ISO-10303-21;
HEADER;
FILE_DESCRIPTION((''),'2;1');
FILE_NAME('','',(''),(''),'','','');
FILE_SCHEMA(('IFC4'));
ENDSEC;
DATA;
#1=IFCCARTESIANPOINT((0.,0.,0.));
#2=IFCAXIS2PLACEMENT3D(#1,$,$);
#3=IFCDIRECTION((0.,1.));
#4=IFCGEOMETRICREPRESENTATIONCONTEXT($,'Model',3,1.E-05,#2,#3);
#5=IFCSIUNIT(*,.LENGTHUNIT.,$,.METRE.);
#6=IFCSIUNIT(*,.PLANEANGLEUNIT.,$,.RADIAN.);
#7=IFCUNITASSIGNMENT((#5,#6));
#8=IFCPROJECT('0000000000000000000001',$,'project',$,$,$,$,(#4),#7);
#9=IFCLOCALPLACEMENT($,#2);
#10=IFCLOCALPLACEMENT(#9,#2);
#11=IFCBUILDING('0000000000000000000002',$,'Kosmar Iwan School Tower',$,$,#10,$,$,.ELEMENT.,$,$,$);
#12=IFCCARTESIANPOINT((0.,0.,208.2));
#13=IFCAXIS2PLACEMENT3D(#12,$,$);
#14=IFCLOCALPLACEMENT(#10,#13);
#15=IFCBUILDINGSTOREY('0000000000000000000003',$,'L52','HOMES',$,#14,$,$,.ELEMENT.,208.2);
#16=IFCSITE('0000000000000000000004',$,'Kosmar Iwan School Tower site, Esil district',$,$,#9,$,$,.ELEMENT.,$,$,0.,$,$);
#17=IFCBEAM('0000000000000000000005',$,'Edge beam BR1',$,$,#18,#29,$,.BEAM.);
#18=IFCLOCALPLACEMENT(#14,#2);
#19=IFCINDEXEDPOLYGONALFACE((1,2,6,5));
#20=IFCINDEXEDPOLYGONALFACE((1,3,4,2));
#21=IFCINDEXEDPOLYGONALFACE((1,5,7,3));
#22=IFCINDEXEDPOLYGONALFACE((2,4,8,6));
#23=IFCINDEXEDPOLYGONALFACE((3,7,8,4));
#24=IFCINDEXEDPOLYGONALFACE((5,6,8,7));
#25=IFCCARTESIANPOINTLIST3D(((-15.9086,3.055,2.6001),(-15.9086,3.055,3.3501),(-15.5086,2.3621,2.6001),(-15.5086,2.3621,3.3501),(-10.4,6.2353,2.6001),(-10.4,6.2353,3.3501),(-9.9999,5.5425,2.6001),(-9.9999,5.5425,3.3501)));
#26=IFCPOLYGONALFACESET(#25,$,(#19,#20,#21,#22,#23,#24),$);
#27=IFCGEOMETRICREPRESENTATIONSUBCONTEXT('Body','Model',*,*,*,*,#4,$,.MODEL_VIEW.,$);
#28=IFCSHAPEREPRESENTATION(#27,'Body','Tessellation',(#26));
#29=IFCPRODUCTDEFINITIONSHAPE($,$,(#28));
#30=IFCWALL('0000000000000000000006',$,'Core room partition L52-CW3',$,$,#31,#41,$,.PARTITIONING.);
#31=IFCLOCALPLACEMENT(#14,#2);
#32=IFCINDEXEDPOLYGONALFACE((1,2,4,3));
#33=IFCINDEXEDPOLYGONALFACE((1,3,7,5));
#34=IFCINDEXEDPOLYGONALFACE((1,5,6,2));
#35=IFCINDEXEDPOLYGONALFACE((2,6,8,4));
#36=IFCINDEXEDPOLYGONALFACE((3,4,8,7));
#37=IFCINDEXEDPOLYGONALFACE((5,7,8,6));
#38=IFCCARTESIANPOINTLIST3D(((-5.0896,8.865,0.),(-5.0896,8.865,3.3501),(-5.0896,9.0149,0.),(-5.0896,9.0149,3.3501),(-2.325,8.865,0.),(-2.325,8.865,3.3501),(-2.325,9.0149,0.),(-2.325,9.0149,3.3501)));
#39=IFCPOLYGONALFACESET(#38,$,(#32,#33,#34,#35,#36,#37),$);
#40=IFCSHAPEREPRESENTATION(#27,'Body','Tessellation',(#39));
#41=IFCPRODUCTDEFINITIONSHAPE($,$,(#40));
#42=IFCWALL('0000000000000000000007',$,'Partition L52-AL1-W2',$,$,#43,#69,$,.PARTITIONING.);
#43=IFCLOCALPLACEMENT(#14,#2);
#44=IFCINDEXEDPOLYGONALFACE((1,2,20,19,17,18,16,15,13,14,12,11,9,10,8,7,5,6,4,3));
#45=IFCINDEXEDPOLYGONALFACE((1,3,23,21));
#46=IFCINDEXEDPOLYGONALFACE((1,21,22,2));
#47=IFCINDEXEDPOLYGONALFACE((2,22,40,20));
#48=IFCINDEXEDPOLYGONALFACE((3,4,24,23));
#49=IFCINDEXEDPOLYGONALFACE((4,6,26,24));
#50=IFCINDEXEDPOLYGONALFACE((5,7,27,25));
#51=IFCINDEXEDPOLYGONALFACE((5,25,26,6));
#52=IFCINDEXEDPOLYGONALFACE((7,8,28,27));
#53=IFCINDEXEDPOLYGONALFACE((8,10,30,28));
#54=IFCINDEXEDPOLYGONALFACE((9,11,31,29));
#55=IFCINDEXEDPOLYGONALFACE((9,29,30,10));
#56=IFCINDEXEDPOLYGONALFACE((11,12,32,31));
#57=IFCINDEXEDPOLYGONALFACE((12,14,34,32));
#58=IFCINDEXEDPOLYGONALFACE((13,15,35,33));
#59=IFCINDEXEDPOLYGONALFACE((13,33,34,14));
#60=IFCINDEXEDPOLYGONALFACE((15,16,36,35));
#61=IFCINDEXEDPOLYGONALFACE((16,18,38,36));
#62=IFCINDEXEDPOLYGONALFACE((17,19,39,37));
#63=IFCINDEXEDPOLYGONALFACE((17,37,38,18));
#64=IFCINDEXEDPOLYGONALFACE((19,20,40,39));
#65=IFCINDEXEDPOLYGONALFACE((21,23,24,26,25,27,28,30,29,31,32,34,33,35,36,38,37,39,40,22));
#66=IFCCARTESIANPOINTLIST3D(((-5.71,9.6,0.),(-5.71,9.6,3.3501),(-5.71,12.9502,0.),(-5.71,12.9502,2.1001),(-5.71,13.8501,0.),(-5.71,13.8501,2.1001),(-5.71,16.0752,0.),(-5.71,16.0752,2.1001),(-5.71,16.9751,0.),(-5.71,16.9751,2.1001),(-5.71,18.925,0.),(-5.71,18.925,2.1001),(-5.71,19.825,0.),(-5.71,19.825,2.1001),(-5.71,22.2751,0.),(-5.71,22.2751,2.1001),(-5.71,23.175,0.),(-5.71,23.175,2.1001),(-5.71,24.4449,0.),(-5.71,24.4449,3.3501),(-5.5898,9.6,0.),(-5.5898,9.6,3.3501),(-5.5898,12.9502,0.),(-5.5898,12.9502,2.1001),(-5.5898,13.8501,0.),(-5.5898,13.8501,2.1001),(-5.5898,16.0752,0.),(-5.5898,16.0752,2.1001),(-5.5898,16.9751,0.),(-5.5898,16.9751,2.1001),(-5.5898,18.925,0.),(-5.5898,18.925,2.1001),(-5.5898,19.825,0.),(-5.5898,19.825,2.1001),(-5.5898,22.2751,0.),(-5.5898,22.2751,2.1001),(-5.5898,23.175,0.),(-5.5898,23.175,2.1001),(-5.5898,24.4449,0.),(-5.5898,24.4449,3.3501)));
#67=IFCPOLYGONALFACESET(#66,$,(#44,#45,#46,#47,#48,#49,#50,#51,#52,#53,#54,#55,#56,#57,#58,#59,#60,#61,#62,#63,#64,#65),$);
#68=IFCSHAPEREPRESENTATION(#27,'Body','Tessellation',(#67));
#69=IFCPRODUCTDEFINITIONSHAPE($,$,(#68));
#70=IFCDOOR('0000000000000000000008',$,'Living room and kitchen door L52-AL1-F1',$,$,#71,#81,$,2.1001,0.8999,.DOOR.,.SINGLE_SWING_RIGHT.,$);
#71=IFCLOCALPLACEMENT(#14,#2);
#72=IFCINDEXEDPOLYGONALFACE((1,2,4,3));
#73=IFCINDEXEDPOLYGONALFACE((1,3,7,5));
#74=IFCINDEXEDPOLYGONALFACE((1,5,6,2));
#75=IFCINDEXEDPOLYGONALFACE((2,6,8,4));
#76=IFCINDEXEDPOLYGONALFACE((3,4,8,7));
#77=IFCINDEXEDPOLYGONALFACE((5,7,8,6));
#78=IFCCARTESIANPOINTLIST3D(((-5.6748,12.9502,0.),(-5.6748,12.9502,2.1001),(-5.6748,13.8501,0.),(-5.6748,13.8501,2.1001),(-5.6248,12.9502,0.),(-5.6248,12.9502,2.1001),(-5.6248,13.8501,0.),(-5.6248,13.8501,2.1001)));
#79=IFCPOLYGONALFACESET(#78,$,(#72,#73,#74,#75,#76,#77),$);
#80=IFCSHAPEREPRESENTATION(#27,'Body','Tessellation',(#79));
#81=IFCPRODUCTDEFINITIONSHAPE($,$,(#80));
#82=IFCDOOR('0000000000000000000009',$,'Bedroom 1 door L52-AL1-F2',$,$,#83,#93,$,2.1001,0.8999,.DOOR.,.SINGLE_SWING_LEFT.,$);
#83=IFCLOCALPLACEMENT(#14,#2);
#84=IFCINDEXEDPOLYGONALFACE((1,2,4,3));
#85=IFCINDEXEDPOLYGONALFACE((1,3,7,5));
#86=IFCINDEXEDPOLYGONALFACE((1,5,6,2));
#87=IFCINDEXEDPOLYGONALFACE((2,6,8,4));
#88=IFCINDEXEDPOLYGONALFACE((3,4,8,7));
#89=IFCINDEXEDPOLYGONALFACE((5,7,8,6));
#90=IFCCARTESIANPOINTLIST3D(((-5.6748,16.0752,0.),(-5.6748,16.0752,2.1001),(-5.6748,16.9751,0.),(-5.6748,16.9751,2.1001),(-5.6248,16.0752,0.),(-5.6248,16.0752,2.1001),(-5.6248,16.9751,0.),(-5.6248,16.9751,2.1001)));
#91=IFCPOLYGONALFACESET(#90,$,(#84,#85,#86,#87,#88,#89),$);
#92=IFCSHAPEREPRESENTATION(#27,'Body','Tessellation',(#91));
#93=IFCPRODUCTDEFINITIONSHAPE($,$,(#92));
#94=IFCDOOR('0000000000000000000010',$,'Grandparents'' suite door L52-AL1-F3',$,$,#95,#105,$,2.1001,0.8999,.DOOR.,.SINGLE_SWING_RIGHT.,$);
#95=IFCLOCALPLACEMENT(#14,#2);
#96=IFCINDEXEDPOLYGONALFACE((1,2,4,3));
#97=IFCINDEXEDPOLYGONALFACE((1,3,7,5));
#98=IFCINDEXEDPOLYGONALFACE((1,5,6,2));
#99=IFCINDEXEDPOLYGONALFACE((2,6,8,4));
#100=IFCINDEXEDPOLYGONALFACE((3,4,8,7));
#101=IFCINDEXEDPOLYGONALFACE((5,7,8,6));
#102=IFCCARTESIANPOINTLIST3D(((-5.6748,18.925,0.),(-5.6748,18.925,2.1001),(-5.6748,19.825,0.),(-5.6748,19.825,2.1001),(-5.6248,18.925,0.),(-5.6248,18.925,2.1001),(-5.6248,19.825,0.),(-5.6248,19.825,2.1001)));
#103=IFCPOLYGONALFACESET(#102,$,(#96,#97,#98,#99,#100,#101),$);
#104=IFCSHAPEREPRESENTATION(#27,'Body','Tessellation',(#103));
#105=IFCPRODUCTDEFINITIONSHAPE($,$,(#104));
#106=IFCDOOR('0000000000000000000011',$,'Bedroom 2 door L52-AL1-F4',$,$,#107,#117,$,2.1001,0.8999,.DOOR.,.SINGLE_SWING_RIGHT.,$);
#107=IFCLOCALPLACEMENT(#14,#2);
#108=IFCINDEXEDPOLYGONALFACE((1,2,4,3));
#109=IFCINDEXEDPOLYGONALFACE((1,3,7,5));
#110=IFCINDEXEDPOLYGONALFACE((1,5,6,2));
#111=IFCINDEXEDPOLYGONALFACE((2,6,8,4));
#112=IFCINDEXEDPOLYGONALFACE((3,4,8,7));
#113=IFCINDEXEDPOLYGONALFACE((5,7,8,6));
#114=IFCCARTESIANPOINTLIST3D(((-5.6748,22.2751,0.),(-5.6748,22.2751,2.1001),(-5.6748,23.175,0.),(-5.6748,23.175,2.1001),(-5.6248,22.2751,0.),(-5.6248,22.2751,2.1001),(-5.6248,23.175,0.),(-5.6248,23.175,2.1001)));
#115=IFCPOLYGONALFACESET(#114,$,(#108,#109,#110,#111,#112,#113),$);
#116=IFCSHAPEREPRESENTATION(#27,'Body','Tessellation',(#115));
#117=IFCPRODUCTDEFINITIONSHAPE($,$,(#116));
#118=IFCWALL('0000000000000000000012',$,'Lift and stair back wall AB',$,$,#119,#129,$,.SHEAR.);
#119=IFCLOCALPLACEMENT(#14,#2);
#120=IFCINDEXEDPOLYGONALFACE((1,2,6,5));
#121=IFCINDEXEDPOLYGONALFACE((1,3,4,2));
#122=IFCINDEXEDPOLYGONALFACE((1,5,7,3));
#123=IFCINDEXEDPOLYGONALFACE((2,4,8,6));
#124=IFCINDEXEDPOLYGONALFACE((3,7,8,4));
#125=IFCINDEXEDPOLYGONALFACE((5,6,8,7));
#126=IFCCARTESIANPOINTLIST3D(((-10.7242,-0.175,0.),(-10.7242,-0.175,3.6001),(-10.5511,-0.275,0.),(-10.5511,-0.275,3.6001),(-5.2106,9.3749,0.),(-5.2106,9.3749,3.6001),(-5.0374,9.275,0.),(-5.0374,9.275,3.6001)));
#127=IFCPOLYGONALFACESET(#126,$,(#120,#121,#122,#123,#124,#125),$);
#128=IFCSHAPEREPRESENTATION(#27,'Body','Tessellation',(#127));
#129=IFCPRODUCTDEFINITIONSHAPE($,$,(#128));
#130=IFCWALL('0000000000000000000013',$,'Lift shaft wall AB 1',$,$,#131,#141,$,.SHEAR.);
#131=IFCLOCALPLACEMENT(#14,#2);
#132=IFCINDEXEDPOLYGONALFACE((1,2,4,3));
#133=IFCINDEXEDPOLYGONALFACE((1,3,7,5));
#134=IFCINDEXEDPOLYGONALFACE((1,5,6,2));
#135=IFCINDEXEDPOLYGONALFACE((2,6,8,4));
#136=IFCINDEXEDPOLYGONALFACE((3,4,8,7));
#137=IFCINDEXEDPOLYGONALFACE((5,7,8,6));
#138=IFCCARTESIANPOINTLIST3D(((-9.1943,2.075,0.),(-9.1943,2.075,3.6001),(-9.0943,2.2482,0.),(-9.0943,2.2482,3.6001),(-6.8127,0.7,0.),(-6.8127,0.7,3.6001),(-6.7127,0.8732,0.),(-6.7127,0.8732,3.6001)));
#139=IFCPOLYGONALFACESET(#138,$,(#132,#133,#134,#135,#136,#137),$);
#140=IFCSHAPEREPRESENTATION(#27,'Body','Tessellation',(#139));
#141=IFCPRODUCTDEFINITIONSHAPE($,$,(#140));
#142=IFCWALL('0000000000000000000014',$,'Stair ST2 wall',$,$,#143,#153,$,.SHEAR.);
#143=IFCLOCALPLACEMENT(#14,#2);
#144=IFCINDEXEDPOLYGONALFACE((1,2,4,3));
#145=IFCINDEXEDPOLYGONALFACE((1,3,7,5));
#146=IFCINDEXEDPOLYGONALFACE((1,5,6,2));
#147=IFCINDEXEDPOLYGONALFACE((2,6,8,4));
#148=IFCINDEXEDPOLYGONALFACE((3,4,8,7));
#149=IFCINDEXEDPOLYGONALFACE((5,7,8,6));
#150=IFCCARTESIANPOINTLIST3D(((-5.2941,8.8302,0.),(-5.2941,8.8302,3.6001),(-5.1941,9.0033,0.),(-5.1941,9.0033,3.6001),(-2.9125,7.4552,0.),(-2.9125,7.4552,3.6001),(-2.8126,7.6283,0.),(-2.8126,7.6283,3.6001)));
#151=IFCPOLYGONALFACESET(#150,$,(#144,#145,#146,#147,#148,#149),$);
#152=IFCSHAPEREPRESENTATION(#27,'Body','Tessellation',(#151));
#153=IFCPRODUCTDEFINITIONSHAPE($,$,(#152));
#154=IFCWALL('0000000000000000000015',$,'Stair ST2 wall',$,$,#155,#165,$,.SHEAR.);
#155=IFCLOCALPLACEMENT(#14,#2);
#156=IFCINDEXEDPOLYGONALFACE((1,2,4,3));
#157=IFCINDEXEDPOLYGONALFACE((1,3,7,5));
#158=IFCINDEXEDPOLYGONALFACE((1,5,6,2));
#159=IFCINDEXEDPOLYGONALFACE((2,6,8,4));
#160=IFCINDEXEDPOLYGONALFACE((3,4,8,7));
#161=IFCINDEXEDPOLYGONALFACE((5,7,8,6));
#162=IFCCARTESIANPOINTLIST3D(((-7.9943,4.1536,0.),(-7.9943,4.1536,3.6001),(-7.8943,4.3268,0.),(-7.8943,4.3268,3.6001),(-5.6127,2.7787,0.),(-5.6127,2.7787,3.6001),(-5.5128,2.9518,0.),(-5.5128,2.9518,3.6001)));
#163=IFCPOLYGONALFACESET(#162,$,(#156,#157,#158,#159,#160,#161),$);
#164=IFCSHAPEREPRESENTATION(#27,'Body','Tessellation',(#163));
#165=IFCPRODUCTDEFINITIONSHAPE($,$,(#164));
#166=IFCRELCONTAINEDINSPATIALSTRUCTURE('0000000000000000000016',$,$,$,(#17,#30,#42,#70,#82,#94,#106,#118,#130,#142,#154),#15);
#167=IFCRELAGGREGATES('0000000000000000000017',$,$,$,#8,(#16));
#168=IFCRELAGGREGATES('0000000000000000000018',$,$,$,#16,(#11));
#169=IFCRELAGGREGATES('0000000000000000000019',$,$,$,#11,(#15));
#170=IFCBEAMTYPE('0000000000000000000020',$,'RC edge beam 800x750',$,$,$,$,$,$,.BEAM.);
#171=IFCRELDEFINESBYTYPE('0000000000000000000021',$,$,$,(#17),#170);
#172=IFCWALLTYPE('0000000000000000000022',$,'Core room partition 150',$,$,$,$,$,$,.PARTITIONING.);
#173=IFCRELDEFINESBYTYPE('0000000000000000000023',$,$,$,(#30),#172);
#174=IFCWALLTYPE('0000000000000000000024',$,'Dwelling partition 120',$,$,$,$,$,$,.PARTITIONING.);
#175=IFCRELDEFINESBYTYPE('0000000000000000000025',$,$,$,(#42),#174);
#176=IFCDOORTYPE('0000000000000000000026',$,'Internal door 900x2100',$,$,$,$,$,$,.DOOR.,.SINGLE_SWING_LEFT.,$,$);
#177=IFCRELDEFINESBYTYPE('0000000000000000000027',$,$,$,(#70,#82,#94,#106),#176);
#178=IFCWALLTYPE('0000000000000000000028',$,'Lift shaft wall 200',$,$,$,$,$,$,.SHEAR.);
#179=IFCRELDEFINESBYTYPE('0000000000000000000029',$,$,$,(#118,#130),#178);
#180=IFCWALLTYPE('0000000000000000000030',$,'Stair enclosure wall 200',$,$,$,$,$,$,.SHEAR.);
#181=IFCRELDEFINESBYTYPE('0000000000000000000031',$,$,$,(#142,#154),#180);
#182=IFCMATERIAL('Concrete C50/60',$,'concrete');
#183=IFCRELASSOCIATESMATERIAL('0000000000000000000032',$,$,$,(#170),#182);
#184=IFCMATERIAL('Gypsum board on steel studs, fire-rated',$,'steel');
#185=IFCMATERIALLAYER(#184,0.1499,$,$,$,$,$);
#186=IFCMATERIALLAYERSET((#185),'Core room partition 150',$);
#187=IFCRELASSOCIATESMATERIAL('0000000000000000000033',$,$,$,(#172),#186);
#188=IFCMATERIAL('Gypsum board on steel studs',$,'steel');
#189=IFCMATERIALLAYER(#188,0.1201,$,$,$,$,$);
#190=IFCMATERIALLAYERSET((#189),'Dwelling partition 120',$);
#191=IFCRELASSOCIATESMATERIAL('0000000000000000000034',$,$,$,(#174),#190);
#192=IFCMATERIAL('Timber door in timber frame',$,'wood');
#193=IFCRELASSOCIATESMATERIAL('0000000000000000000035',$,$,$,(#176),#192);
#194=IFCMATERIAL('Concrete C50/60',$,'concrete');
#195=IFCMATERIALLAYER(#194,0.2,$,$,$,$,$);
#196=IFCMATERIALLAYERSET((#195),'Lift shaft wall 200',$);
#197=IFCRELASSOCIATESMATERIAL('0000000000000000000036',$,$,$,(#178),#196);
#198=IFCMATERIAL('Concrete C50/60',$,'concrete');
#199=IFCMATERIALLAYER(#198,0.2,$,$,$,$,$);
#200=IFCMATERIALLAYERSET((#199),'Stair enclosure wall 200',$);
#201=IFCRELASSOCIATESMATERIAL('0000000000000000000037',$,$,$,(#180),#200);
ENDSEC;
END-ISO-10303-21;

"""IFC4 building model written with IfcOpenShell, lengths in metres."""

from ifc_helpers import new_model, si_unit, direction, frame, frame_2d, origin, origin_2d, place, context, subcontext, project, spatial, rectangle, extrude, material, layer, layer_set, material_profile, profile_set, type_object, element, fill, save


model = new_model("IFC4")

# Units and contexts
model_context = context("Model", 3, precision=1e-05, world=origin(), true_north=direction((0.0, 1.0)))
body_context = subcontext(model_context, "Body", "Model", "MODEL_VIEW")
ifc_project = project(units=[si_unit("LENGTHUNIT", "METRE"), si_unit("PLANEANGLEUNIT", "RADIAN")], contexts=[model_context])

# Site, building, storey
site_placement = place(None, origin())
site = spatial("IfcSite", under=ifc_project, at=site_placement, Name="Kosmar Iwan School Tower site, Esil district", CompositionType="ELEMENT", RefElevation=0.0)
building_placement = place(site_placement, origin())
building = spatial("IfcBuilding", under=site, at=building_placement, Name="Kosmar Iwan School Tower", CompositionType="ELEMENT")
storey_placement = place(building_placement, frame((0.0, 0.0, 208.2)))
storey = spatial("IfcBuildingStorey", under=building, at=storey_placement, Name="L52", Description="HOMES", CompositionType="ELEMENT", Elevation=208.2)

# Beam
ifc_material_1 = material(Name="Concrete C50/60", Category="concrete")
ifc_material_profile = material_profile(ifc_material_1, rectangle(XDim=0.8, YDim=0.75, at=origin_2d()), Name="RC 800x750")
ifc_profile_set = profile_set([ifc_material_profile], Name="Concrete C50/60")
beam_type = type_object("IfcBeamType", Name="RC edge beam 800x750", PredefinedType="BEAM", material=ifc_profile_set)
beam_placement = place(storey_placement, frame((-10.2, 5.8889, 2.9751), z_axis=(-0.866031, -0.49999, 0.0), x_axis=(0.49999, -0.866031, 0.0)))
element("IfcBeam", 1, at=beam_placement, inside=storey, type_object=beam_type, Name="Edge beam BR1", PredefinedType="BEAM", context=body_context, shape_type="SweptSolid", body=[
    extrude(rectangle(XDim=0.8, YDim=0.75, at=origin_2d()), origin(), (0.0, 0.0, 1.0), 6.3608),
])

# Wall
ifc_material_2 = material(Name="Gypsum board on steel studs, fire-rated", Category="steel")
ifc_layer_1 = layer(ifc_material_2, 0.1499)
ifc_layer_set_1 = layer_set([ifc_layer_1], Name="Core room partition 150")
wall_type_1 = type_object("IfcWallType", Name="Core room partition 150", PredefinedType="PARTITIONING", material=ifc_layer_set_1)
wall_1_placement = place(storey_placement, frame((-5.0896, 8.9399, 0.0), z_axis=(0.0, 0.0, 1.0), x_axis=(1.0, 0.0, 0.0)))
element("IfcWall", 2, at=wall_1_placement, inside=storey, type_object=wall_type_1, Name="Core room partition L52-CW3", PredefinedType="PARTITIONING", context=body_context, shape_type="SweptSolid", body=[
    extrude(rectangle(XDim=2.7646, YDim=0.1499, at=frame_2d((1.3823, 0.0))), origin(), (0.0, 0.0, 1.0), 3.3501),
])

# Wall, openings, doors
ifc_material_3 = material(Name="Gypsum board on steel studs", Category="steel")
ifc_layer_2 = layer(ifc_material_3, 0.1201)
ifc_layer_set_2 = layer_set([ifc_layer_2], Name="Dwelling partition 120")
wall_type_2 = type_object("IfcWallType", Name="Dwelling partition 120", PredefinedType="PARTITIONING", material=ifc_layer_set_2)
wall_2_placement = place(storey_placement, frame((-5.6499, 9.6001, 0.0), z_axis=(0.0, 0.0, 1.0), x_axis=(0.0, 1.0, 0.0)))
wall_2 = element("IfcWall", 3, at=wall_2_placement, inside=storey, type_object=wall_type_2, Name="Partition L52-AL1-W2", PredefinedType="PARTITIONING", context=body_context, shape_type="SweptSolid", body=[
    extrude(rectangle(XDim=14.845, YDim=0.1201, at=frame_2d((7.4224, 0.0))), origin(), (0.0, 0.0, 1.0), 3.3501),
])
opening_1_placement = place(wall_2_placement, frame((3.3501, 0.0, 0.0)))
opening_1 = element("IfcOpeningElement", 4, at=opening_1_placement, cuts=wall_2, PredefinedType="OPENING", context=body_context, shape_type="SweptSolid", body=[
    extrude(rectangle(XDim=0.8999, YDim=2.1001, at=frame_2d((0.45, 1.05))), frame((0.0, 0.072, 0.0), z_axis=(0.0, -1.0, 0.0), x_axis=(1.0, 0.0, 0.0)), (0.0, 0.0, 1.0), 0.144),
])
opening_2_placement = place(wall_2_placement, frame((6.4751, 0.0, 0.0)))
opening_2 = element("IfcOpeningElement", 5, at=opening_2_placement, cuts=wall_2, PredefinedType="OPENING", context=body_context, shape_type="SweptSolid", body=[
    extrude(rectangle(XDim=0.8999, YDim=2.1001, at=frame_2d((0.45, 1.05))), frame((0.0, 0.072, 0.0), z_axis=(0.0, -1.0, 0.0), x_axis=(1.0, 0.0, 0.0)), (0.0, 0.0, 1.0), 0.144),
])
opening_3_placement = place(wall_2_placement, frame((9.325, 0.0, 0.0)))
opening_3 = element("IfcOpeningElement", 6, at=opening_3_placement, cuts=wall_2, PredefinedType="OPENING", context=body_context, shape_type="SweptSolid", body=[
    extrude(rectangle(XDim=0.8999, YDim=2.1001, at=frame_2d((0.45, 1.05))), frame((0.0, 0.072, 0.0), z_axis=(0.0, -1.0, 0.0), x_axis=(1.0, 0.0, 0.0)), (0.0, 0.0, 1.0), 0.144),
])
opening_4_placement = place(wall_2_placement, frame((12.675, 0.0, 0.0)))
opening_4 = element("IfcOpeningElement", 7, at=opening_4_placement, cuts=wall_2, PredefinedType="OPENING", context=body_context, shape_type="SweptSolid", body=[
    extrude(rectangle(XDim=0.8999, YDim=2.1001, at=frame_2d((0.45, 1.05))), frame((0.0, 0.072, 0.0), z_axis=(0.0, -1.0, 0.0), x_axis=(1.0, 0.0, 0.0)), (0.0, 0.0, 1.0), 0.144),
])
ifc_material_4 = material(Name="Timber door in timber frame", Category="wood")
door_type = type_object("IfcDoorType", Name="Internal door 900x2100", OperationType="SINGLE_SWING_LEFT", PredefinedType="DOOR", material=ifc_material_4)
door_1_placement = place(opening_1_placement, origin())
door_1 = element("IfcDoor", 8, at=door_1_placement, inside=storey, type_object=door_type, Name="Living room and kitchen door L52-AL1-F1", OperationType="SINGLE_SWING_RIGHT", OverallHeight=2.1001, OverallWidth=0.8999, PredefinedType="DOOR", context=body_context, shape_type="SweptSolid", body=[
    extrude(rectangle(XDim=0.8999, YDim=2.1001, at=frame_2d((0.45, 1.05))), frame((0.0, 0.0249, 0.0), z_axis=(0.0, -1.0, 0.0), x_axis=(1.0, 0.0, 0.0)), (0.0, 0.0, 1.0), 0.05),
])
fill(opening_1, door_1)
door_2_placement = place(opening_2_placement, origin())
door_2 = element("IfcDoor", 9, at=door_2_placement, inside=storey, type_object=door_type, Name="Bedroom 1 door L52-AL1-F2", OperationType="SINGLE_SWING_LEFT", OverallHeight=2.1001, OverallWidth=0.8999, PredefinedType="DOOR", context=body_context, shape_type="SweptSolid", body=[
    extrude(rectangle(XDim=0.8999, YDim=2.1001, at=frame_2d((0.45, 1.05))), frame((0.0, 0.0249, 0.0), z_axis=(0.0, -1.0, 0.0), x_axis=(1.0, 0.0, 0.0)), (0.0, 0.0, 1.0), 0.05),
])
fill(opening_2, door_2)
door_3_placement = place(opening_3_placement, origin())
door_3 = element("IfcDoor", 10, at=door_3_placement, inside=storey, type_object=door_type, Name="Grandparents' suite door L52-AL1-F3", OperationType="SINGLE_SWING_RIGHT", OverallHeight=2.1001, OverallWidth=0.8999, PredefinedType="DOOR", context=body_context, shape_type="SweptSolid", body=[
    extrude(rectangle(XDim=0.8999, YDim=2.1001, at=frame_2d((0.45, 1.05))), frame((0.0, 0.0249, 0.0), z_axis=(0.0, -1.0, 0.0), x_axis=(1.0, 0.0, 0.0)), (0.0, 0.0, 1.0), 0.05),
])
fill(opening_3, door_3)
door_4_placement = place(opening_4_placement, origin())
door_4 = element("IfcDoor", 11, at=door_4_placement, inside=storey, type_object=door_type, Name="Bedroom 2 door L52-AL1-F4", OperationType="SINGLE_SWING_RIGHT", OverallHeight=2.1001, OverallWidth=0.8999, PredefinedType="DOOR", context=body_context, shape_type="SweptSolid", body=[
    extrude(rectangle(XDim=0.8999, YDim=2.1001, at=frame_2d((0.45, 1.05))), frame((0.0, 0.0249, 0.0), z_axis=(0.0, -1.0, 0.0), x_axis=(1.0, 0.0, 0.0)), (0.0, 0.0, 1.0), 0.05),
])
fill(opening_4, door_4)

# Walls
ifc_material_5 = material(Name="Concrete C50/60", Category="concrete")
ifc_layer_3 = layer(ifc_material_5, 0.2)
ifc_layer_set_3 = layer_set([ifc_layer_3], Name="Lift shaft wall 200")
wall_type_3 = type_object("IfcWallType", Name="Lift shaft wall 200", PredefinedType="SHEAR", material=ifc_layer_set_3)
wall_3_placement = place(storey_placement, frame((-5.124, 9.325, 0.0), z_axis=(0.0, 0.0, 1.0), x_axis=(-0.499997, -0.866027, 0.0)))
element("IfcWall", 12, at=wall_3_placement, inside=storey, type_object=wall_type_3, Name="Lift and stair back wall AB", PredefinedType="SHEAR", context=body_context, shape_type="SweptSolid", body=[
    extrude(rectangle(XDim=11.0273, YDim=0.2, at=frame_2d((5.5137, 0.0))), origin(), (0.0, 0.0, 1.0), 3.6001),
])
wall_4_placement = place(storey_placement, frame((-6.7627, 0.7866, 0.0), z_axis=(0.0, 0.0, 1.0), x_axis=(-0.866027, 0.499997, 0.0)))
element("IfcWall", 13, at=wall_4_placement, inside=storey, type_object=wall_type_3, Name="Lift shaft wall AB 1", PredefinedType="SHEAR", context=body_context, shape_type="SweptSolid", body=[
    extrude(rectangle(XDim=2.75, YDim=0.2, at=frame_2d((1.375, 0.0))), origin(), (0.0, 0.0, 1.0), 3.6001),
])
ifc_material_6 = material(Name="Concrete C50/60", Category="concrete")
ifc_layer_4 = layer(ifc_material_6, 0.2)
ifc_layer_set_4 = layer_set([ifc_layer_4], Name="Stair enclosure wall 200")
wall_type_4 = type_object("IfcWallType", Name="Stair enclosure wall 200", PredefinedType="SHEAR", material=ifc_layer_set_4)
for number, where, z_axis, x_axis, name in (
    (14, (-2.8625, 7.5417, 0.0), (0.0, 0.0, 1.0), (-0.866027, 0.499997, 0.0), "Stair ST2 wall"),
    (15, (-5.5627, 2.8652, 0.0), (0.0, 0.0, 1.0), (-0.866027, 0.499997, 0.0), "Stair ST2 wall"),
):
    element("IfcWall", number, at=place(storey_placement, frame(where, z_axis=z_axis, x_axis=x_axis)), inside=storey, type_object=wall_type_4, Name=name, PredefinedType="SHEAR", context=body_context, shape_type="SweptSolid", body=[
        extrude(rectangle(XDim=2.75, YDim=0.2, at=frame_2d((1.375, 0.0))), origin(), (0.0, 0.0, 1.0), 3.6001),
    ])

save(model, "model.ifc")
